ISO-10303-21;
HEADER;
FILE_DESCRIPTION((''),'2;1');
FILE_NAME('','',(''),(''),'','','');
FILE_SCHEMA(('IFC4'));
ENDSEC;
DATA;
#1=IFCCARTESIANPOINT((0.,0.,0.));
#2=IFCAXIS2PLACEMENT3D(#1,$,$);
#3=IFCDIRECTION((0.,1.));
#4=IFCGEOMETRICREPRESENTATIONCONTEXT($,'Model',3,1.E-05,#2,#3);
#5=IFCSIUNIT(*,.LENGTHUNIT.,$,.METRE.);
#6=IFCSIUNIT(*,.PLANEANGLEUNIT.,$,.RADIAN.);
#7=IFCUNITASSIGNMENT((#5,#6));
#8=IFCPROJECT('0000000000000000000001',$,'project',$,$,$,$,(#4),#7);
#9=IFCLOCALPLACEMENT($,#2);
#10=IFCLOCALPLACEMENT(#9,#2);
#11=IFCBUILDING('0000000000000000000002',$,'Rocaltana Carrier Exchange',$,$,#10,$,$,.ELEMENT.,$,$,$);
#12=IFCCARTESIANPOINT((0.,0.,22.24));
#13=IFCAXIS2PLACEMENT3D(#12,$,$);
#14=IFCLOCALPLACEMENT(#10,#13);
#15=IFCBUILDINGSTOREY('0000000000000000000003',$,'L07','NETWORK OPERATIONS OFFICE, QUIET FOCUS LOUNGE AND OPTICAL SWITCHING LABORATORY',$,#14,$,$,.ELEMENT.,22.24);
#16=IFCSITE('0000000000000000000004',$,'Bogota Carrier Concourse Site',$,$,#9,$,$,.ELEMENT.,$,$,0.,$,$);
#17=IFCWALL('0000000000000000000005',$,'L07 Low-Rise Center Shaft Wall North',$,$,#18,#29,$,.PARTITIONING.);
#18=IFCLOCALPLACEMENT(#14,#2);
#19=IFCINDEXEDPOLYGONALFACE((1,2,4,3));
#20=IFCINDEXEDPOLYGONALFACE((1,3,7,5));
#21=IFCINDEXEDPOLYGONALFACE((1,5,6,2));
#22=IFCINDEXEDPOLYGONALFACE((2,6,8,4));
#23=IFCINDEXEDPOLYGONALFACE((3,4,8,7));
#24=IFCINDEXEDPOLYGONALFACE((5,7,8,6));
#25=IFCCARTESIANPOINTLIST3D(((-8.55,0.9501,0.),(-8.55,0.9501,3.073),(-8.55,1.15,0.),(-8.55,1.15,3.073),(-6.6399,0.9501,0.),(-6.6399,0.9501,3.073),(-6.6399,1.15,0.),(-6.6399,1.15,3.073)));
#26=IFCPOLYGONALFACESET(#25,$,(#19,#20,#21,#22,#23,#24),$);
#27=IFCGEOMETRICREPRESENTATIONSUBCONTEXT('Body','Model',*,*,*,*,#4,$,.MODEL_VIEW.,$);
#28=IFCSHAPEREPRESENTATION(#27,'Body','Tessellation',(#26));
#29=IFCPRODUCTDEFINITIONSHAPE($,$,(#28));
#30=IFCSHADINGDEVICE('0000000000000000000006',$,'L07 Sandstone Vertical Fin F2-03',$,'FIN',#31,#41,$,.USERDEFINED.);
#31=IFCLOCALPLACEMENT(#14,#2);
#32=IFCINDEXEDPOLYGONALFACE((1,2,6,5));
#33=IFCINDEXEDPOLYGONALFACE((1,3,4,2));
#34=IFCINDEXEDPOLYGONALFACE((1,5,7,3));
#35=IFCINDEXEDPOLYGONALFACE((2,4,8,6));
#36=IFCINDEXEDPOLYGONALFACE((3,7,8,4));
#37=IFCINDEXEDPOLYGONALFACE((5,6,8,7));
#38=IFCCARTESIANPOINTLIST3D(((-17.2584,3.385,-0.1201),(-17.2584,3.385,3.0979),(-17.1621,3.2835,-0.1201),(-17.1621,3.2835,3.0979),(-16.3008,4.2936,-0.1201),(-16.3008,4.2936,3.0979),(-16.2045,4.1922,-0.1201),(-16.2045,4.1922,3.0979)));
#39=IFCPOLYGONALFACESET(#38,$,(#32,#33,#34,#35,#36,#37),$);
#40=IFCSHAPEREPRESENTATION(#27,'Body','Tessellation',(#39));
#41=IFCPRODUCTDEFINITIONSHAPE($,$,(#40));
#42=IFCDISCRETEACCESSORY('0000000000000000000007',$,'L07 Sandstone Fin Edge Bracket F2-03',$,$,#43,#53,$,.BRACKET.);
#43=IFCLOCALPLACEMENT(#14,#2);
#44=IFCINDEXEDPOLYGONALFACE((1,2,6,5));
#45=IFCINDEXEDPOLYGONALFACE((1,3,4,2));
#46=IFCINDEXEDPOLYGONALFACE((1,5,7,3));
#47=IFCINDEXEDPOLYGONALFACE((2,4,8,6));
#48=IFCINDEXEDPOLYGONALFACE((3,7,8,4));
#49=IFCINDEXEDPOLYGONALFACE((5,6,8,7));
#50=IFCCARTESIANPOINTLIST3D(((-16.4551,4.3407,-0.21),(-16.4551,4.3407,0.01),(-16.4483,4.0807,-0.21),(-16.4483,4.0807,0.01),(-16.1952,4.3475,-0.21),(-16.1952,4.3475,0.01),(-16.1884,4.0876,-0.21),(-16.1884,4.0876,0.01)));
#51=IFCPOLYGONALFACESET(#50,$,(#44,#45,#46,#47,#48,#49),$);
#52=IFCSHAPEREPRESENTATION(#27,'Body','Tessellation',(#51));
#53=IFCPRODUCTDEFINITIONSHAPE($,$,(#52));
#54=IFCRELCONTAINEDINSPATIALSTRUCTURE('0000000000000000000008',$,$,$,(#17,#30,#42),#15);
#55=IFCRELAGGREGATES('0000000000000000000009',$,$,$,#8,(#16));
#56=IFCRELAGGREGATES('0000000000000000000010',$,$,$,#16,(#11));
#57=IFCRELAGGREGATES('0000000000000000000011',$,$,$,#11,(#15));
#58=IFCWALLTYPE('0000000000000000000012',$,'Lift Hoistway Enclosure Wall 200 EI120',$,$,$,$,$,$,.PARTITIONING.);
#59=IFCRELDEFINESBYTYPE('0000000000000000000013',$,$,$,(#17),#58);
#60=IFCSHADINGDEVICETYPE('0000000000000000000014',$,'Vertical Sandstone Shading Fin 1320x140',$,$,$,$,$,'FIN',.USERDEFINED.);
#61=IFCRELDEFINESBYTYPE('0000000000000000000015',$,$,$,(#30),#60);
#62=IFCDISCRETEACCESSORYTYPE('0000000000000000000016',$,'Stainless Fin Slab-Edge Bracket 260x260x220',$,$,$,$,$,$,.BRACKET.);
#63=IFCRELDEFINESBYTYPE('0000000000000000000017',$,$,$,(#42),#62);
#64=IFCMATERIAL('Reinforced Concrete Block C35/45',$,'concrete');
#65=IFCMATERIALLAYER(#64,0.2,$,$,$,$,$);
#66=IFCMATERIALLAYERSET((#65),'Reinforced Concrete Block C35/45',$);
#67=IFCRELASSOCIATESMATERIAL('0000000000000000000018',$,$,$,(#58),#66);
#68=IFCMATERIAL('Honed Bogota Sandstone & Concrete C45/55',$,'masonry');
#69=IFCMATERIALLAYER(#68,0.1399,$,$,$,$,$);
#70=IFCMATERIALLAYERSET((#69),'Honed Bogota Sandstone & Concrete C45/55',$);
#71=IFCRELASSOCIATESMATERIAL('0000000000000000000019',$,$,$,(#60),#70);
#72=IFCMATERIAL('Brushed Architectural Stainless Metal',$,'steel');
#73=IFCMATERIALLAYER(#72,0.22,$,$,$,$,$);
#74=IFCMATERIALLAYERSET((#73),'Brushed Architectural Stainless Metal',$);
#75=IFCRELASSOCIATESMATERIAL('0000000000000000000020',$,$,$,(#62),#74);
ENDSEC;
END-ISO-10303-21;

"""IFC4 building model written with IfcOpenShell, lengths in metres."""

from ifc_helpers import new_model, si_unit, direction, frame, frame_2d, origin, origin_2d, place, context, subcontext, project, spatial, rectangle, extrude, material, layer, layer_set, type_object, element, save


model = new_model("IFC4")

# Units and contexts
model_context = context("Model", 3, precision=1e-05, world=origin(), true_north=direction((0.0, 1.0)))
body_context = subcontext(model_context, "Body", "Model", "MODEL_VIEW")
ifc_project = project(units=[si_unit("LENGTHUNIT", "METRE"), si_unit("PLANEANGLEUNIT", "RADIAN")], contexts=[model_context])

# Site, building, storey
site_placement = place(None, origin())
site = spatial("IfcSite", under=ifc_project, at=site_placement, Name="Bogota Carrier Concourse Site", CompositionType="ELEMENT", RefElevation=0.0)
building_placement = place(site_placement, origin())
building = spatial("IfcBuilding", under=site, at=building_placement, Name="Rocaltana Carrier Exchange", CompositionType="ELEMENT")
storey_placement = place(building_placement, frame((0.0, 0.0, 22.24)))
storey = spatial("IfcBuildingStorey", under=building, at=storey_placement, Name="L07", Description="NETWORK OPERATIONS OFFICE, QUIET FOCUS LOUNGE AND OPTICAL SWITCHING LABORATORY", CompositionType="ELEMENT", Elevation=22.24)

# Wall
ifc_material_1 = material(Name="Reinforced Concrete Block C35/45", Category="concrete")
ifc_layer_1 = layer(ifc_material_1, 0.2)
ifc_layer_set_1 = layer_set([ifc_layer_1], Name="Reinforced Concrete Block C35/45")
wall_type_1 = type_object("IfcWallType", Name="Lift Hoistway Enclosure Wall 200 EI120", PredefinedType="PARTITIONING", material=ifc_layer_set_1)
wall_1_placement = place(storey_placement, frame((-8.55, 1.05, 0.0), z_axis=(0.0, 0.0, 1.0), x_axis=(1.0, 0.0, 0.0)))
element("IfcWall", 1, at=wall_1_placement, inside=storey, type_object=wall_type_1, Name="L07 Low-Rise Center Shaft Wall North", PredefinedType="PARTITIONING", context=body_context, shape_type="SweptSolid", body=[
    extrude(rectangle(XDim=1.9102, YDim=0.2, at=frame_2d((0.9551, 0.0))), origin(), (0.0, 0.0, 1.0), 3.073),
])

# Shading device
ifc_material_2 = material(Name="Honed Bogota Sandstone & Concrete C45/55", Category="masonry")
ifc_layer_2 = layer(ifc_material_2, 0.1399)
ifc_layer_set_2 = layer_set([ifc_layer_2], Name="Honed Bogota Sandstone & Concrete C45/55")
shading_device_type = type_object("IfcShadingDeviceType", Name="Vertical Sandstone Shading Fin 1320x140", ElementType="FIN", PredefinedType="USERDEFINED", material=ifc_layer_set_2)
shading_device_placement = place(storey_placement, frame((-16.7314, 3.7886, -0.1201), z_axis=(0.0, 0.0, 1.0), x_axis=(-0.725374, -0.688355, 0.0)))
element("IfcShadingDevice", 2, at=shading_device_placement, inside=storey, type_object=shading_device_type, Name="L07 Sandstone Vertical Fin F2-03", ObjectType="FIN", PredefinedType="USERDEFINED", context=body_context, shape_type="SweptSolid", body=[
    extrude(rectangle(XDim=1.3201, YDim=0.1399, at=origin_2d()), origin(), (0.0, 0.0, 1.0), 3.218),
])

# Discrete accessory
ifc_material_3 = material(Name="Brushed Architectural Stainless Metal", Category="steel")
ifc_layer_3 = layer(ifc_material_3, 0.22)
ifc_layer_set_3 = layer_set([ifc_layer_3], Name="Brushed Architectural Stainless Metal")
discrete_accessory_type = type_object("IfcDiscreteAccessoryType", Name="Stainless Fin Slab-Edge Bracket 260x260x220", PredefinedType="BRACKET", material=ifc_layer_set_3)
discrete_accessory_placement = place(storey_placement, frame((-16.3218, 4.2141, -0.21), z_axis=(0.0, 0.0, 1.0), x_axis=(0.026177, -0.999657, 0.0)))
element("IfcDiscreteAccessory", 3, at=discrete_accessory_placement, inside=storey, type_object=discrete_accessory_type, Name="L07 Sandstone Fin Edge Bracket F2-03", PredefinedType="BRACKET", context=body_context, shape_type="SweptSolid", body=[
    extrude(rectangle(XDim=0.26, YDim=0.26, at=origin_2d()), origin(), (0.0, 0.0, 1.0), 0.22),
])

save(model, "model.ifc")
